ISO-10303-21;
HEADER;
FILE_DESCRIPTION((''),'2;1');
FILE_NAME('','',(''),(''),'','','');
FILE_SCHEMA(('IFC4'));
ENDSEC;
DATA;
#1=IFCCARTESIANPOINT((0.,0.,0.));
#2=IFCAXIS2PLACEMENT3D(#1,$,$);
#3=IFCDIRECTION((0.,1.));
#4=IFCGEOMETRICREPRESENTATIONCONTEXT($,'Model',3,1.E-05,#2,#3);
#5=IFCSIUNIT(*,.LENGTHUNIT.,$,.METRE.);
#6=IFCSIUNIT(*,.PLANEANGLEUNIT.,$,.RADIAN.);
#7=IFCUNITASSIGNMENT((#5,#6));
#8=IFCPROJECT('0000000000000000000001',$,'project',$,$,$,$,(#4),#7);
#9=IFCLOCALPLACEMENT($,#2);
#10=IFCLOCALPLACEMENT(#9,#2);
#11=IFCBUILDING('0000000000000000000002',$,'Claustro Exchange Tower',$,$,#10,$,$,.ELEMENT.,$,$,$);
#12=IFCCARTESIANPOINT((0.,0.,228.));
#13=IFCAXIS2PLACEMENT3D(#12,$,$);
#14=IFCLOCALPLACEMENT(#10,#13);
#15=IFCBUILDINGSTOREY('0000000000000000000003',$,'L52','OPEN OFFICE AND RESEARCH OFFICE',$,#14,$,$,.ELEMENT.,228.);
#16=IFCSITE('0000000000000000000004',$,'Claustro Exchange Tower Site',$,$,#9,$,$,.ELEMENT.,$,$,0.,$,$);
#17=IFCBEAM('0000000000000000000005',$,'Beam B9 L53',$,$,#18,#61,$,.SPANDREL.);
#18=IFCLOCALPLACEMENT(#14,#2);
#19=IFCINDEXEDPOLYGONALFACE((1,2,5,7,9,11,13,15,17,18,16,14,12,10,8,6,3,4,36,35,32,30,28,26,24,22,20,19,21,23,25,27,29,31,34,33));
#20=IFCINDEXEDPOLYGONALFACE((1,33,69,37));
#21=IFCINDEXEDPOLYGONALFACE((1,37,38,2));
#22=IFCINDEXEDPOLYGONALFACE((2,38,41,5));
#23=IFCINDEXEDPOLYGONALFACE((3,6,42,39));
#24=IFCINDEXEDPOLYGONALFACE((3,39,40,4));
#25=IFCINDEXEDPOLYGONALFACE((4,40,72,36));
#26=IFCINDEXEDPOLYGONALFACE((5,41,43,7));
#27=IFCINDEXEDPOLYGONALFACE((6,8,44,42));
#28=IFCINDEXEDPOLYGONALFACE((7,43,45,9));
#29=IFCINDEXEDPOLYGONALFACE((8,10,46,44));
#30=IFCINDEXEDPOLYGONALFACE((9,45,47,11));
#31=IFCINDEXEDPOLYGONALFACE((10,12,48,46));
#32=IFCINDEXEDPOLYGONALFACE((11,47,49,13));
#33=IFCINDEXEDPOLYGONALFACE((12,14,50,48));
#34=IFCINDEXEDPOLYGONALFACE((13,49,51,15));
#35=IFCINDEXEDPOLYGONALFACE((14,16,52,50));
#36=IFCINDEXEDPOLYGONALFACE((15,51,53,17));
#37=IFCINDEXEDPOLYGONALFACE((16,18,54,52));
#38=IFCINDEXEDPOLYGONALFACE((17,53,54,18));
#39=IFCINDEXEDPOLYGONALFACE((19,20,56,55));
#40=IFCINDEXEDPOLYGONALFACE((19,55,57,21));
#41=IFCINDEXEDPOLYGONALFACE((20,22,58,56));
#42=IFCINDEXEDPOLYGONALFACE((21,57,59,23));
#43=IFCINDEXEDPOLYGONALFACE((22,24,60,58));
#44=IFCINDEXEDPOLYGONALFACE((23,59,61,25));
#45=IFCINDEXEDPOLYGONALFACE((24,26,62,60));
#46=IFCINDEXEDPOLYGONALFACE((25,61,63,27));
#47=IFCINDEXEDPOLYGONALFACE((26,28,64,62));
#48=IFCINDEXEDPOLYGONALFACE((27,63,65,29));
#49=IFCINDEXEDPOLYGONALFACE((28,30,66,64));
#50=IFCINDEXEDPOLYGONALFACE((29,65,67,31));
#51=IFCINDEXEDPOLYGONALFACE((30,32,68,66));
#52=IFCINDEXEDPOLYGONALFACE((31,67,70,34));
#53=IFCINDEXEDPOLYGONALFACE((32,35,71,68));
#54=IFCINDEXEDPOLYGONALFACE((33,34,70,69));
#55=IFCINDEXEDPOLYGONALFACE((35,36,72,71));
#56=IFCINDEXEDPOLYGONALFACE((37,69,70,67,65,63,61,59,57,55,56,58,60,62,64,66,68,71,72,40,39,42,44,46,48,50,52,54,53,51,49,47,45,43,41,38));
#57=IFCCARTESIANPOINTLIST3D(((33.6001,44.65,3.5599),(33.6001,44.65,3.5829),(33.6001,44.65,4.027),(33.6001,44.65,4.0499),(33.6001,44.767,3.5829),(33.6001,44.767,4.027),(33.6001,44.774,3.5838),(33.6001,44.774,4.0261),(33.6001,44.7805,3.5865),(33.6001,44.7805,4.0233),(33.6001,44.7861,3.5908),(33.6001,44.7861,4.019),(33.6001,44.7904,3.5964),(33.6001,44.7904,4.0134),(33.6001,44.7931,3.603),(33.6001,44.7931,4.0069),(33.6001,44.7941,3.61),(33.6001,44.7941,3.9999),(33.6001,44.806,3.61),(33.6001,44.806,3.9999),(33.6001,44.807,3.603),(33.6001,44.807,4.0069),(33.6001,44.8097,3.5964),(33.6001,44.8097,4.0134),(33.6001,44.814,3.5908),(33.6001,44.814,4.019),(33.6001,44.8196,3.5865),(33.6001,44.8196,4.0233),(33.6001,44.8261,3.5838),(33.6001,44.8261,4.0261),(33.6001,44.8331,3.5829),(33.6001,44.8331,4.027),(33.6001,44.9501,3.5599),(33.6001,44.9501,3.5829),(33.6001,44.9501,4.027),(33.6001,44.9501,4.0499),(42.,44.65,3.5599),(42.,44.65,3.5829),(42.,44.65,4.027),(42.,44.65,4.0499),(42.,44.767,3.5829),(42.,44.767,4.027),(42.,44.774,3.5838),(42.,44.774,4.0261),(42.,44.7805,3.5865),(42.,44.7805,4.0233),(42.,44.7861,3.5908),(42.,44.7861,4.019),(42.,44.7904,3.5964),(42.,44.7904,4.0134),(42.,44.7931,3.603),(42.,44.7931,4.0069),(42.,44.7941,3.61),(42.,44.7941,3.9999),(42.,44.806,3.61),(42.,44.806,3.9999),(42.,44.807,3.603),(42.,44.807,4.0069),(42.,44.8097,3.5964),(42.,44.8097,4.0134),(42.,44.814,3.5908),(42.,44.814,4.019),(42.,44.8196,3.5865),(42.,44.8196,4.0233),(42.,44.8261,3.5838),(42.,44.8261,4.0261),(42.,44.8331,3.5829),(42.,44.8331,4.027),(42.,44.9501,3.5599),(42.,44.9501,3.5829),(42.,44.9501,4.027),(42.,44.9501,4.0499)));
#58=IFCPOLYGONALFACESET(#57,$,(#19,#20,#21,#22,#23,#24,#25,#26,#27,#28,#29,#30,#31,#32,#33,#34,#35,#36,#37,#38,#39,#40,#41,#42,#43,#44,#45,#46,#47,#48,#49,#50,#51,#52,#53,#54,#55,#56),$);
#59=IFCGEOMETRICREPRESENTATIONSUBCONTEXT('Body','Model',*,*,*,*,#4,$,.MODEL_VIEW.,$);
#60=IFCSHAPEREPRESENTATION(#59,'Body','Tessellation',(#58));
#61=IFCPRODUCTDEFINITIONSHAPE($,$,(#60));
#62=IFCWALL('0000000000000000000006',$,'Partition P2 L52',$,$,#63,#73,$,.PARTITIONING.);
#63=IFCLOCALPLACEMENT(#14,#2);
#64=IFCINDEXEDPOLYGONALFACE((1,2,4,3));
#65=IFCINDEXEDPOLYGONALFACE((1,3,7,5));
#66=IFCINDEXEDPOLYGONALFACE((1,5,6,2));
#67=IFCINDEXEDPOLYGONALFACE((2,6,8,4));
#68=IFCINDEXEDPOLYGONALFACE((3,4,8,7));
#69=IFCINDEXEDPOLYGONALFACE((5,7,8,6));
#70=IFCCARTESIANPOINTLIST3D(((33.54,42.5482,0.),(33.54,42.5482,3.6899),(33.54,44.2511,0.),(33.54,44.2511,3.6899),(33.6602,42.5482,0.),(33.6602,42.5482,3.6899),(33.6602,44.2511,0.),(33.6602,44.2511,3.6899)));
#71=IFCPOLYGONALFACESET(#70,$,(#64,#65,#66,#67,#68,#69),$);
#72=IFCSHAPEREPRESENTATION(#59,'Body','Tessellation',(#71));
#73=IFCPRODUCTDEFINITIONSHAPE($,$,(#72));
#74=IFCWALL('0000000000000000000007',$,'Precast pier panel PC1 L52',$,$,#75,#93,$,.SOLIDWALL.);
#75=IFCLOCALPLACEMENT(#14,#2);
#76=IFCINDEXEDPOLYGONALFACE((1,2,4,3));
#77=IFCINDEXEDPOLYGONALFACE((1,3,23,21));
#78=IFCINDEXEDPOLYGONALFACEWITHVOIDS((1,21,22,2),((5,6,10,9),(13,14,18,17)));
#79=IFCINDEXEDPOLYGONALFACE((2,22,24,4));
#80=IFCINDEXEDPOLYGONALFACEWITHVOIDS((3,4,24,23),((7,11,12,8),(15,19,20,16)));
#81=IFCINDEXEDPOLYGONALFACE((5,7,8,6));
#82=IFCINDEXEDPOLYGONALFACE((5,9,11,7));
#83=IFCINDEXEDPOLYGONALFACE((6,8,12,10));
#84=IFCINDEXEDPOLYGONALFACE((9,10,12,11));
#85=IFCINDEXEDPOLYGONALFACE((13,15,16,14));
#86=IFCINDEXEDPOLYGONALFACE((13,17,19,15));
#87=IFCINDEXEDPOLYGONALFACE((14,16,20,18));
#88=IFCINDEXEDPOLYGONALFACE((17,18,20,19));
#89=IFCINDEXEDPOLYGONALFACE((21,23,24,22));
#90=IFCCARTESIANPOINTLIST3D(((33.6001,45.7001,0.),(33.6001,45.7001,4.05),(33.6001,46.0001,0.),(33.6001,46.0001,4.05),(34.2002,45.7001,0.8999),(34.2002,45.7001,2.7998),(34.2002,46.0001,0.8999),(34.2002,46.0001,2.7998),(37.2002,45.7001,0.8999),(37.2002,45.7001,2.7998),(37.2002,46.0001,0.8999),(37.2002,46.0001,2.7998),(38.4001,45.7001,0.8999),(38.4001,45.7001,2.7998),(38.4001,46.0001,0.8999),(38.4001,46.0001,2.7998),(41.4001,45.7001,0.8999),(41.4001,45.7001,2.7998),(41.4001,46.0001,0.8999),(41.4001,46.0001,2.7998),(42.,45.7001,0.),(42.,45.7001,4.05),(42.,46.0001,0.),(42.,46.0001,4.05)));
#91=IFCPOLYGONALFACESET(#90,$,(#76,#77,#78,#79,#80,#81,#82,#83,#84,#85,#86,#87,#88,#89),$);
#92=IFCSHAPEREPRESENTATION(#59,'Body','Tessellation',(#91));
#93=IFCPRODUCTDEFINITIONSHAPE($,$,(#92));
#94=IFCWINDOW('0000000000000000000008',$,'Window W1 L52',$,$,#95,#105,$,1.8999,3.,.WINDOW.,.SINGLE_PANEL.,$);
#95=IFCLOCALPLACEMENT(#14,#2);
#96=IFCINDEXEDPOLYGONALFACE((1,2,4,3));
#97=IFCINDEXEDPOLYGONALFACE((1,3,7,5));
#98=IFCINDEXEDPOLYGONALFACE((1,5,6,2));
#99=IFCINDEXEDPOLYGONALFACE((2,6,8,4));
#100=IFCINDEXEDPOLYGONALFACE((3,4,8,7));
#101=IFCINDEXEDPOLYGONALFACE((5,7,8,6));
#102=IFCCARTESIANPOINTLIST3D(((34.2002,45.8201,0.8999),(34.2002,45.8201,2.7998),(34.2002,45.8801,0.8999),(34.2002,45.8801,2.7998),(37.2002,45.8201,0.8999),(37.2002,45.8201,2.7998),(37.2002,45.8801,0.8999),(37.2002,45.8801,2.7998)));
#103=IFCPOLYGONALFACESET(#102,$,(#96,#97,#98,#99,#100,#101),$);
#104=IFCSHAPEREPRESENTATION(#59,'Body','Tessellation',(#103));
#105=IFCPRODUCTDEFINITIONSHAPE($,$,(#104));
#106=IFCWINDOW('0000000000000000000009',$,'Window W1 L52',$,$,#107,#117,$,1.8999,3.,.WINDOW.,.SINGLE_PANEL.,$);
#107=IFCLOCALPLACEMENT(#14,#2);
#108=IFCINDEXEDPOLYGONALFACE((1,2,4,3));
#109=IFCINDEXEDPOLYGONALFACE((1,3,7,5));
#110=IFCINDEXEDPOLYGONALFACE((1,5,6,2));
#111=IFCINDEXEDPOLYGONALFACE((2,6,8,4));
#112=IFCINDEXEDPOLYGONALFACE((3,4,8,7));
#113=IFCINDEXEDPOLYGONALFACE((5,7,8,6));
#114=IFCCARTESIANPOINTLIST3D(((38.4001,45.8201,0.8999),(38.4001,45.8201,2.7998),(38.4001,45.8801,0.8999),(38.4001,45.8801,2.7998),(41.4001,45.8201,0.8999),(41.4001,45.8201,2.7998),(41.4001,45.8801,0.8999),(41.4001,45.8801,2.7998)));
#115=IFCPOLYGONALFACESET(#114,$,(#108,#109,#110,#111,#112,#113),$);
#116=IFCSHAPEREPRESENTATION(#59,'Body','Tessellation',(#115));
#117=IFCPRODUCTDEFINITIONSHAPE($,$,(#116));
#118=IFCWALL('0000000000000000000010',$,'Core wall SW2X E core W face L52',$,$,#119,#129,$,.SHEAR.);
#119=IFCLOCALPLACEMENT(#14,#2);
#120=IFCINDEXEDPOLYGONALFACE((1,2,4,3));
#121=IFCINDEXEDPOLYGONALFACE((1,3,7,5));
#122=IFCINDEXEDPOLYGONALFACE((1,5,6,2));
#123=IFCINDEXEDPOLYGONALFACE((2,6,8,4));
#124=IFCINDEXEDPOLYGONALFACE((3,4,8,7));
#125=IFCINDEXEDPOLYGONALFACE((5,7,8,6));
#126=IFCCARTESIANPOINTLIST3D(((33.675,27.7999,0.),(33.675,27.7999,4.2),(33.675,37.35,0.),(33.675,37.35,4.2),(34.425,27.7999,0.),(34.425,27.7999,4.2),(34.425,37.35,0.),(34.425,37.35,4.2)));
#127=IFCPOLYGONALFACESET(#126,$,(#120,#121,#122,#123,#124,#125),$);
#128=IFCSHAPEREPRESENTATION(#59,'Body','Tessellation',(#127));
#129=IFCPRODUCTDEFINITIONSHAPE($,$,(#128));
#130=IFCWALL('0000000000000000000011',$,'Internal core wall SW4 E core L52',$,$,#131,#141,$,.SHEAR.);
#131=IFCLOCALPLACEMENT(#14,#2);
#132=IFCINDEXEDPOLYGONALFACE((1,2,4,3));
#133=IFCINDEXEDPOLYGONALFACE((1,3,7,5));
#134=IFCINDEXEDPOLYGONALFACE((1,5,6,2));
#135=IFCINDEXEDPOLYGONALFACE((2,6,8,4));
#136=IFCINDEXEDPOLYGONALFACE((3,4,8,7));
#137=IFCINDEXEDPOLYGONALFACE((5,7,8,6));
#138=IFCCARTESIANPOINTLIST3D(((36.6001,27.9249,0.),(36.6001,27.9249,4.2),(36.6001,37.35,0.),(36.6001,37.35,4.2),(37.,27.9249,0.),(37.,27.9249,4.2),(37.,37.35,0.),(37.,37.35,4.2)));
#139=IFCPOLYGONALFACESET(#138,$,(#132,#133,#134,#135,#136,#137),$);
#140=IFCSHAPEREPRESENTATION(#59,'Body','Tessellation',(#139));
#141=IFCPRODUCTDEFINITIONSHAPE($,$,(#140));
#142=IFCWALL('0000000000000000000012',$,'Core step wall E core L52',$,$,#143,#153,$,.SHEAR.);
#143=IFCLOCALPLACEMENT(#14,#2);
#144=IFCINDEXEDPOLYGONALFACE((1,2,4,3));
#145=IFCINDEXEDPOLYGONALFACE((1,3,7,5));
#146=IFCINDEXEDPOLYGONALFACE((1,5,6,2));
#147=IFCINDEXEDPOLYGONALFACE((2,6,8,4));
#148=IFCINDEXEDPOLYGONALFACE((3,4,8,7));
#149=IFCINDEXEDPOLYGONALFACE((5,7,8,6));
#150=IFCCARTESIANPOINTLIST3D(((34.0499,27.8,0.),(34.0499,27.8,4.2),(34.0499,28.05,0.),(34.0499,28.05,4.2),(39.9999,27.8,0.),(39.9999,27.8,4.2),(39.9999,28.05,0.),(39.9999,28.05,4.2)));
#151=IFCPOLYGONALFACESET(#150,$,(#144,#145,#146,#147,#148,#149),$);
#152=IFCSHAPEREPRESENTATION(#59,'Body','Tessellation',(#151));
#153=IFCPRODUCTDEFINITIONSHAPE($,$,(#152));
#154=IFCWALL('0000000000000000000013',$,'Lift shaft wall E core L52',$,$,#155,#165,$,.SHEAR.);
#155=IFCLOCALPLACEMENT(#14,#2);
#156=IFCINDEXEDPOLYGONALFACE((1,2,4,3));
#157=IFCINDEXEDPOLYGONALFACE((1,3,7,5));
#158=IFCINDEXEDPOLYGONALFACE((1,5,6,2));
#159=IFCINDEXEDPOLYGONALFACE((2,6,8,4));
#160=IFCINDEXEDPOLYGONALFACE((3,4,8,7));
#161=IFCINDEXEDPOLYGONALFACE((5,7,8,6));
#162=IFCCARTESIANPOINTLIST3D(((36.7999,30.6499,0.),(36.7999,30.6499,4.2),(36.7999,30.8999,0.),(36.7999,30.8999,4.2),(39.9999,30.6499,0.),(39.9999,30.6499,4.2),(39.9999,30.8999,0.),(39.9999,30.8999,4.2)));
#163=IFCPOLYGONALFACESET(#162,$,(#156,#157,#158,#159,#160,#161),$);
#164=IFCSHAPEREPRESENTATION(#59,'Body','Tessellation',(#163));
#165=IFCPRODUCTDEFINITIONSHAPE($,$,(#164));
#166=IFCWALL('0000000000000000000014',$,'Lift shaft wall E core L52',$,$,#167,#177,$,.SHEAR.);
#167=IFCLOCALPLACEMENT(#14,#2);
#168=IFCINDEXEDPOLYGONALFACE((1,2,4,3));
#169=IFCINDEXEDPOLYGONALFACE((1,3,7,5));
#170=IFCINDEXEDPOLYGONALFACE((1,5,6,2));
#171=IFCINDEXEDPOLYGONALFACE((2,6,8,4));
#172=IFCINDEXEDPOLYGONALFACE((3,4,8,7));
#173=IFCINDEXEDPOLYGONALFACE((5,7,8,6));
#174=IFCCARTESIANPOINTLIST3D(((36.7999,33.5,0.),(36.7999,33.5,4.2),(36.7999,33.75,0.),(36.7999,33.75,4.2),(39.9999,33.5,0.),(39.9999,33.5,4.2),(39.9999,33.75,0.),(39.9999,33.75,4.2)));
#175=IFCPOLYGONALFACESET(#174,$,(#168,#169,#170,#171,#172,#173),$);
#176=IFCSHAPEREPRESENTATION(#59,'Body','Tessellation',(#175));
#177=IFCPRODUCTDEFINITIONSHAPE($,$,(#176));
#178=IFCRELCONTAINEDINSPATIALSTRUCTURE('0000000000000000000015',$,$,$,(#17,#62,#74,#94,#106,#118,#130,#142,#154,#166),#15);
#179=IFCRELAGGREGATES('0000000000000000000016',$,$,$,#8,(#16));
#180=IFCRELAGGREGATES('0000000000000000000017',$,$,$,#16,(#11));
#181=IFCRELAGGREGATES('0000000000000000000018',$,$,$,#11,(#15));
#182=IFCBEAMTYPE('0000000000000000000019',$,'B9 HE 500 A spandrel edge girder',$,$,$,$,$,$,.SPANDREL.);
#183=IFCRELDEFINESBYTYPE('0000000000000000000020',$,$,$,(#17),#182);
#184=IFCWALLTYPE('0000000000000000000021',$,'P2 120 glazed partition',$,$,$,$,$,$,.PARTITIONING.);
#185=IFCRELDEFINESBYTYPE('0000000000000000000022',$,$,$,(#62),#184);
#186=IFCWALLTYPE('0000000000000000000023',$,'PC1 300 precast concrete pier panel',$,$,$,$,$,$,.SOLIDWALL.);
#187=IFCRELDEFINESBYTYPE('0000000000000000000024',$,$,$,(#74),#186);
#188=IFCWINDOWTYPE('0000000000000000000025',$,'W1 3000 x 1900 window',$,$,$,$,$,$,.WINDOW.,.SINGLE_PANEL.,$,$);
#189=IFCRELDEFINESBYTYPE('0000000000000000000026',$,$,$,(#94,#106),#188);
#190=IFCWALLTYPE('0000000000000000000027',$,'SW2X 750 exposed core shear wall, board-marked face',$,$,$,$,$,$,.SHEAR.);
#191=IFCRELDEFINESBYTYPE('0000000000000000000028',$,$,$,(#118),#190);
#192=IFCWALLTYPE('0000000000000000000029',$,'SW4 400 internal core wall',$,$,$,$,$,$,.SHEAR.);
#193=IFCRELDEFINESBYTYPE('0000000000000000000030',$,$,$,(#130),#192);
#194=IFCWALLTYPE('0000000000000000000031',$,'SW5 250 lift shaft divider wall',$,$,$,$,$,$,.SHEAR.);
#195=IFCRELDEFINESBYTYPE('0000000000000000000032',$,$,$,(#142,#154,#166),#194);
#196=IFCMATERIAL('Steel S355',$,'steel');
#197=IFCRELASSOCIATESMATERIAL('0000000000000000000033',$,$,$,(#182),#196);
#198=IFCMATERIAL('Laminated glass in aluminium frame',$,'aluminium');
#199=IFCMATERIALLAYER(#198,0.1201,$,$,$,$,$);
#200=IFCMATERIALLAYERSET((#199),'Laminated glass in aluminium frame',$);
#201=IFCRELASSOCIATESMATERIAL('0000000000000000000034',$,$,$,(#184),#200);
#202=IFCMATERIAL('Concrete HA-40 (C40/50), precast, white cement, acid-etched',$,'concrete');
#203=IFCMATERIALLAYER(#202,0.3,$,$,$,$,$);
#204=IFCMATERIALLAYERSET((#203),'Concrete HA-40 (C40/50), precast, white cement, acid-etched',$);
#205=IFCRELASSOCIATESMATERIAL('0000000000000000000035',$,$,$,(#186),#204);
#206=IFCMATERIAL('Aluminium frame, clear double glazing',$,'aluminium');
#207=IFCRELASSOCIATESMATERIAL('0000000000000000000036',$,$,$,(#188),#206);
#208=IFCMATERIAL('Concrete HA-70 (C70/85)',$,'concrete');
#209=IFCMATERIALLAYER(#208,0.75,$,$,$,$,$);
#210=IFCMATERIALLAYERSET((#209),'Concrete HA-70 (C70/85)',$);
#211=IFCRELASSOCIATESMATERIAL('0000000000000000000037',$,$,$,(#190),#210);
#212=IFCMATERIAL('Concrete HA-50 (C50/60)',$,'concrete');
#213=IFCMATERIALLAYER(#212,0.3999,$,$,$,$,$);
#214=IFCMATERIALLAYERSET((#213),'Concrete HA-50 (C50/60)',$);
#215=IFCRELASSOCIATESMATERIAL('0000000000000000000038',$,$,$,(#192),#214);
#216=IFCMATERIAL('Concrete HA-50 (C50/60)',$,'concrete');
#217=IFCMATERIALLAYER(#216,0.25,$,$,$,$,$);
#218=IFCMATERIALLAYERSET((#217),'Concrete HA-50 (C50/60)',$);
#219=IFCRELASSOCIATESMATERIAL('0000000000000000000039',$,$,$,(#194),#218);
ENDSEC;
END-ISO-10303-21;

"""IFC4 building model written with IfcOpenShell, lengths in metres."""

from ifc_helpers import new_model, si_unit, direction, frame, frame_2d, origin, origin_2d, place, context, subcontext, project, spatial, rectangle, i_section, extrude, material, layer, layer_set, material_profile, profile_set, type_object, element, fill, save


model = new_model("IFC4")

# Units and contexts
model_context = context("Model", 3, precision=1e-05, world=origin(), true_north=direction((0.0, 1.0)))
body_context = subcontext(model_context, "Body", "Model", "MODEL_VIEW")
ifc_project = project(units=[si_unit("LENGTHUNIT", "METRE"), si_unit("PLANEANGLEUNIT", "RADIAN")], contexts=[model_context])

# Site, building, storey
site_placement = place(None, origin())
site = spatial("IfcSite", under=ifc_project, at=site_placement, Name="Claustro Exchange Tower Site", CompositionType="ELEMENT", RefElevation=0.0)
building_placement = place(site_placement, origin())
building = spatial("IfcBuilding", under=site, at=building_placement, Name="Claustro Exchange Tower", CompositionType="ELEMENT")
storey_placement = place(building_placement, frame((0.0, 0.0, 228.0)))
storey = spatial("IfcBuildingStorey", under=building, at=storey_placement, Name="L52", Description="OPEN OFFICE AND RESEARCH OFFICE", CompositionType="ELEMENT", Elevation=228.0)

# Beam
ifc_material_1 = material(Name="Steel S355", Category="steel")
ifc_material_profile_1 = material_profile(ifc_material_1, i_section(OverallWidth=0.3, OverallDepth=0.49, WebThickness=0.012, FlangeThickness=0.0229, FilletRadius=0.0271, at=origin_2d()), Name="HE 500 A")
ifc_profile_set_1 = profile_set([ifc_material_profile_1], Name="Steel S355")
beam_type_1 = type_object("IfcBeamType", Name="B9 HE 500 A spandrel edge girder", PredefinedType="SPANDREL", material=ifc_profile_set_1)
beam_1_placement = place(storey_placement, frame((33.6001, 44.8, 3.8049), z_axis=(1.0, 0.0, 0.0), x_axis=(0.0, 1.0, 0.0)))
element("IfcBeam", 1, at=beam_1_placement, inside=storey, type_object=beam_type_1, Name="Beam B9 L53", PredefinedType="SPANDREL", context=body_context, shape_type="SweptSolid", body=[
    extrude(i_section(OverallWidth=0.3, OverallDepth=0.49, WebThickness=0.012, FlangeThickness=0.0229, FilletRadius=0.0271, at=origin_2d()), origin(), (0.0, 0.0, 1.0), 8.3999),
])

# Wall
ifc_material_2 = material(Name="Laminated glass in aluminium frame", Category="aluminium")
ifc_layer_1 = layer(ifc_material_2, 0.1201)
ifc_layer_set_1 = layer_set([ifc_layer_1], Name="Laminated glass in aluminium frame")
wall_type_1 = type_object("IfcWallType", Name="P2 120 glazed partition", PredefinedType="PARTITIONING", material=ifc_layer_set_1)
wall_1_placement = place(storey_placement, frame((33.6001, 42.5481, 0.0), z_axis=(0.0, 0.0, 1.0), x_axis=(0.0, 1.0, 0.0)))
element("IfcWall", 2, at=wall_1_placement, inside=storey, type_object=wall_type_1, Name="Partition P2 L52", PredefinedType="PARTITIONING", context=body_context, shape_type="SweptSolid", body=[
    extrude(rectangle(XDim=1.7029, YDim=0.1201, at=frame_2d((0.8516, 0.0))), origin(), (0.0, 0.0, 1.0), 3.6899),
])

# Wall, openings, windows
ifc_material_3 = material(Name="Concrete HA-40 (C40/50), precast, white cement, acid-etched", Category="concrete")
ifc_layer_2 = layer(ifc_material_3, 0.3)
ifc_layer_set_2 = layer_set([ifc_layer_2], Name="Concrete HA-40 (C40/50), precast, white cement, acid-etched")
wall_type_2 = type_object("IfcWallType", Name="PC1 300 precast concrete pier panel", PredefinedType="SOLIDWALL", material=ifc_layer_set_2)
wall_2_placement = place(storey_placement, frame((33.6001, 45.8501, 0.0), z_axis=(0.0, 0.0, 1.0), x_axis=(1.0, 0.0, 0.0)))
wall_2 = element("IfcWall", 3, at=wall_2_placement, inside=storey, type_object=wall_type_2, Name="Precast pier panel PC1 L52", PredefinedType="SOLIDWALL", context=body_context, shape_type="SweptSolid", body=[
    extrude(rectangle(XDim=8.3999, YDim=0.3, at=frame_2d((4.2, 0.0))), origin(), (0.0, 0.0, 1.0), 4.05),
])
opening_1_placement = place(wall_2_placement, frame((0.6001, 0.0, 0.8999)))
opening_1 = element("IfcOpeningElement", 4, at=opening_1_placement, cuts=wall_2, PredefinedType="OPENING", context=body_context, shape_type="SweptSolid", body=[
    extrude(rectangle(XDim=3.0, YDim=1.8999, at=frame_2d((1.5, 0.95))), frame((0.0, 0.1599, 0.0), z_axis=(0.0, -1.0, 0.0), x_axis=(1.0, 0.0, 0.0)), (0.0, 0.0, 1.0), 0.3201),
])
opening_2_placement = place(wall_2_placement, frame((4.8, 0.0, 0.8999)))
opening_2 = element("IfcOpeningElement", 5, at=opening_2_placement, cuts=wall_2, PredefinedType="OPENING", context=body_context, shape_type="SweptSolid", body=[
    extrude(rectangle(XDim=3.0, YDim=1.8999, at=frame_2d((1.5, 0.95))), frame((0.0, 0.1599, 0.0), z_axis=(0.0, -1.0, 0.0), x_axis=(1.0, 0.0, 0.0)), (0.0, 0.0, 1.0), 0.3201),
])
ifc_material_4 = material(Name="Aluminium frame, clear double glazing", Category="aluminium")
window_type = type_object("IfcWindowType", Name="W1 3000 x 1900 window", PartitioningType="SINGLE_PANEL", PredefinedType="WINDOW", material=ifc_material_4)
window_1_placement = place(opening_1_placement, origin())
window_1 = element("IfcWindow", 6, at=window_1_placement, inside=storey, type_object=window_type, Name="Window W1 L52", OverallHeight=1.8999, OverallWidth=3.0, PartitioningType="SINGLE_PANEL", PredefinedType="WINDOW", context=body_context, shape_type="SweptSolid", body=[
    extrude(rectangle(XDim=3.0, YDim=1.8999, at=frame_2d((1.5, 0.95))), frame((0.0, 0.03, 0.0), z_axis=(0.0, -1.0, 0.0), x_axis=(1.0, 0.0, 0.0)), (0.0, 0.0, 1.0), 0.0601),
])
fill(opening_1, window_1)
window_2_placement = place(opening_2_placement, origin())
window_2 = element("IfcWindow", 7, at=window_2_placement, inside=storey, type_object=window_type, Name="Window W1 L52", OverallHeight=1.8999, OverallWidth=3.0, PartitioningType="SINGLE_PANEL", PredefinedType="WINDOW", context=body_context, shape_type="SweptSolid", body=[
    extrude(rectangle(XDim=3.0, YDim=1.8999, at=frame_2d((1.5, 0.95))), frame((0.0, 0.03, 0.0), z_axis=(0.0, -1.0, 0.0), x_axis=(1.0, 0.0, 0.0)), (0.0, 0.0, 1.0), 0.0601),
])
fill(opening_2, window_2)

# Walls
ifc_material_5 = material(Name="Concrete HA-70 (C70/85)", Category="concrete")
ifc_layer_3 = layer(ifc_material_5, 0.75)
ifc_layer_set_3 = layer_set([ifc_layer_3], Name="Concrete HA-70 (C70/85)")
wall_type_3 = type_object("IfcWallType", Name="SW2X 750 exposed core shear wall, board-marked face", PredefinedType="SHEAR", material=ifc_layer_set_3)
wall_3_placement = place(storey_placement, frame((34.05, 27.8, 0.0), z_axis=(0.0, 0.0, 1.0), x_axis=(0.0, 1.0, 0.0)))
element("IfcWall", 8, at=wall_3_placement, inside=storey, type_object=wall_type_3, Name="Core wall SW2X E core W face L52", PredefinedType="SHEAR", context=body_context, shape_type="SweptSolid", body=[
    extrude(rectangle(XDim=9.55, YDim=0.75, at=frame_2d((4.7749, 0.0))), origin(), (0.0, 0.0, 1.0), 4.2),
])
ifc_material_6 = material(Name="Concrete HA-50 (C50/60)", Category="concrete")
ifc_layer_4 = layer(ifc_material_6, 0.3999)
ifc_layer_set_4 = layer_set([ifc_layer_4], Name="Concrete HA-50 (C50/60)")
wall_type_4 = type_object("IfcWallType", Name="SW4 400 internal core wall", PredefinedType="SHEAR", material=ifc_layer_set_4)
wall_4_placement = place(storey_placement, frame((36.8, 27.925, 0.0), z_axis=(0.0, 0.0, 1.0), x_axis=(0.0, 1.0, 0.0)))
element("IfcWall", 9, at=wall_4_placement, inside=storey, type_object=wall_type_4, Name="Internal core wall SW4 E core L52", PredefinedType="SHEAR", context=body_context, shape_type="SweptSolid", body=[
    extrude(rectangle(XDim=9.425, YDim=0.3999, at=frame_2d((4.7124, 0.0))), origin(), (0.0, 0.0, 1.0), 4.2),
])
ifc_material_7 = material(Name="Concrete HA-50 (C50/60)", Category="concrete")
ifc_layer_5 = layer(ifc_material_7, 0.25)
ifc_layer_set_5 = layer_set([ifc_layer_5], Name="Concrete HA-50 (C50/60)")
wall_type_5 = type_object("IfcWallType", Name="SW5 250 lift shaft divider wall", PredefinedType="SHEAR", material=ifc_layer_set_5)
wall_5_placement = place(storey_placement, frame((40.0, 27.925, 0.0), z_axis=(0.0, 0.0, 1.0), x_axis=(-1.0, 0.0, 0.0)))
element("IfcWall", 10, at=wall_5_placement, inside=storey, type_object=wall_type_5, Name="Core step wall E core L52", PredefinedType="SHEAR", context=body_context, shape_type="SweptSolid", body=[
    extrude(rectangle(XDim=5.95, YDim=0.25, at=frame_2d((2.9751, 0.0))), origin(), (0.0, 0.0, 1.0), 4.2),
])
for number, where, z_axis, x_axis, name in (
    (11, (40.0, 30.7749, 0.0), (0.0, 0.0, 1.0), (-1.0, 0.0, 0.0), "Lift shaft wall E core L52"),
    (12, (40.0, 33.625, 0.0), (0.0, 0.0, 1.0), (-1.0, 0.0, 0.0), "Lift shaft wall E core L52"),
):
    element("IfcWall", number, at=place(storey_placement, frame(where, z_axis=z_axis, x_axis=x_axis)), inside=storey, type_object=wall_type_5, Name=name, PredefinedType="SHEAR", context=body_context, shape_type="SweptSolid", body=[
        extrude(rectangle(XDim=3.2, YDim=0.25, at=frame_2d((1.6001, 0.0))), origin(), (0.0, 0.0, 1.0), 4.2),
    ])

save(model, "model.ifc")
